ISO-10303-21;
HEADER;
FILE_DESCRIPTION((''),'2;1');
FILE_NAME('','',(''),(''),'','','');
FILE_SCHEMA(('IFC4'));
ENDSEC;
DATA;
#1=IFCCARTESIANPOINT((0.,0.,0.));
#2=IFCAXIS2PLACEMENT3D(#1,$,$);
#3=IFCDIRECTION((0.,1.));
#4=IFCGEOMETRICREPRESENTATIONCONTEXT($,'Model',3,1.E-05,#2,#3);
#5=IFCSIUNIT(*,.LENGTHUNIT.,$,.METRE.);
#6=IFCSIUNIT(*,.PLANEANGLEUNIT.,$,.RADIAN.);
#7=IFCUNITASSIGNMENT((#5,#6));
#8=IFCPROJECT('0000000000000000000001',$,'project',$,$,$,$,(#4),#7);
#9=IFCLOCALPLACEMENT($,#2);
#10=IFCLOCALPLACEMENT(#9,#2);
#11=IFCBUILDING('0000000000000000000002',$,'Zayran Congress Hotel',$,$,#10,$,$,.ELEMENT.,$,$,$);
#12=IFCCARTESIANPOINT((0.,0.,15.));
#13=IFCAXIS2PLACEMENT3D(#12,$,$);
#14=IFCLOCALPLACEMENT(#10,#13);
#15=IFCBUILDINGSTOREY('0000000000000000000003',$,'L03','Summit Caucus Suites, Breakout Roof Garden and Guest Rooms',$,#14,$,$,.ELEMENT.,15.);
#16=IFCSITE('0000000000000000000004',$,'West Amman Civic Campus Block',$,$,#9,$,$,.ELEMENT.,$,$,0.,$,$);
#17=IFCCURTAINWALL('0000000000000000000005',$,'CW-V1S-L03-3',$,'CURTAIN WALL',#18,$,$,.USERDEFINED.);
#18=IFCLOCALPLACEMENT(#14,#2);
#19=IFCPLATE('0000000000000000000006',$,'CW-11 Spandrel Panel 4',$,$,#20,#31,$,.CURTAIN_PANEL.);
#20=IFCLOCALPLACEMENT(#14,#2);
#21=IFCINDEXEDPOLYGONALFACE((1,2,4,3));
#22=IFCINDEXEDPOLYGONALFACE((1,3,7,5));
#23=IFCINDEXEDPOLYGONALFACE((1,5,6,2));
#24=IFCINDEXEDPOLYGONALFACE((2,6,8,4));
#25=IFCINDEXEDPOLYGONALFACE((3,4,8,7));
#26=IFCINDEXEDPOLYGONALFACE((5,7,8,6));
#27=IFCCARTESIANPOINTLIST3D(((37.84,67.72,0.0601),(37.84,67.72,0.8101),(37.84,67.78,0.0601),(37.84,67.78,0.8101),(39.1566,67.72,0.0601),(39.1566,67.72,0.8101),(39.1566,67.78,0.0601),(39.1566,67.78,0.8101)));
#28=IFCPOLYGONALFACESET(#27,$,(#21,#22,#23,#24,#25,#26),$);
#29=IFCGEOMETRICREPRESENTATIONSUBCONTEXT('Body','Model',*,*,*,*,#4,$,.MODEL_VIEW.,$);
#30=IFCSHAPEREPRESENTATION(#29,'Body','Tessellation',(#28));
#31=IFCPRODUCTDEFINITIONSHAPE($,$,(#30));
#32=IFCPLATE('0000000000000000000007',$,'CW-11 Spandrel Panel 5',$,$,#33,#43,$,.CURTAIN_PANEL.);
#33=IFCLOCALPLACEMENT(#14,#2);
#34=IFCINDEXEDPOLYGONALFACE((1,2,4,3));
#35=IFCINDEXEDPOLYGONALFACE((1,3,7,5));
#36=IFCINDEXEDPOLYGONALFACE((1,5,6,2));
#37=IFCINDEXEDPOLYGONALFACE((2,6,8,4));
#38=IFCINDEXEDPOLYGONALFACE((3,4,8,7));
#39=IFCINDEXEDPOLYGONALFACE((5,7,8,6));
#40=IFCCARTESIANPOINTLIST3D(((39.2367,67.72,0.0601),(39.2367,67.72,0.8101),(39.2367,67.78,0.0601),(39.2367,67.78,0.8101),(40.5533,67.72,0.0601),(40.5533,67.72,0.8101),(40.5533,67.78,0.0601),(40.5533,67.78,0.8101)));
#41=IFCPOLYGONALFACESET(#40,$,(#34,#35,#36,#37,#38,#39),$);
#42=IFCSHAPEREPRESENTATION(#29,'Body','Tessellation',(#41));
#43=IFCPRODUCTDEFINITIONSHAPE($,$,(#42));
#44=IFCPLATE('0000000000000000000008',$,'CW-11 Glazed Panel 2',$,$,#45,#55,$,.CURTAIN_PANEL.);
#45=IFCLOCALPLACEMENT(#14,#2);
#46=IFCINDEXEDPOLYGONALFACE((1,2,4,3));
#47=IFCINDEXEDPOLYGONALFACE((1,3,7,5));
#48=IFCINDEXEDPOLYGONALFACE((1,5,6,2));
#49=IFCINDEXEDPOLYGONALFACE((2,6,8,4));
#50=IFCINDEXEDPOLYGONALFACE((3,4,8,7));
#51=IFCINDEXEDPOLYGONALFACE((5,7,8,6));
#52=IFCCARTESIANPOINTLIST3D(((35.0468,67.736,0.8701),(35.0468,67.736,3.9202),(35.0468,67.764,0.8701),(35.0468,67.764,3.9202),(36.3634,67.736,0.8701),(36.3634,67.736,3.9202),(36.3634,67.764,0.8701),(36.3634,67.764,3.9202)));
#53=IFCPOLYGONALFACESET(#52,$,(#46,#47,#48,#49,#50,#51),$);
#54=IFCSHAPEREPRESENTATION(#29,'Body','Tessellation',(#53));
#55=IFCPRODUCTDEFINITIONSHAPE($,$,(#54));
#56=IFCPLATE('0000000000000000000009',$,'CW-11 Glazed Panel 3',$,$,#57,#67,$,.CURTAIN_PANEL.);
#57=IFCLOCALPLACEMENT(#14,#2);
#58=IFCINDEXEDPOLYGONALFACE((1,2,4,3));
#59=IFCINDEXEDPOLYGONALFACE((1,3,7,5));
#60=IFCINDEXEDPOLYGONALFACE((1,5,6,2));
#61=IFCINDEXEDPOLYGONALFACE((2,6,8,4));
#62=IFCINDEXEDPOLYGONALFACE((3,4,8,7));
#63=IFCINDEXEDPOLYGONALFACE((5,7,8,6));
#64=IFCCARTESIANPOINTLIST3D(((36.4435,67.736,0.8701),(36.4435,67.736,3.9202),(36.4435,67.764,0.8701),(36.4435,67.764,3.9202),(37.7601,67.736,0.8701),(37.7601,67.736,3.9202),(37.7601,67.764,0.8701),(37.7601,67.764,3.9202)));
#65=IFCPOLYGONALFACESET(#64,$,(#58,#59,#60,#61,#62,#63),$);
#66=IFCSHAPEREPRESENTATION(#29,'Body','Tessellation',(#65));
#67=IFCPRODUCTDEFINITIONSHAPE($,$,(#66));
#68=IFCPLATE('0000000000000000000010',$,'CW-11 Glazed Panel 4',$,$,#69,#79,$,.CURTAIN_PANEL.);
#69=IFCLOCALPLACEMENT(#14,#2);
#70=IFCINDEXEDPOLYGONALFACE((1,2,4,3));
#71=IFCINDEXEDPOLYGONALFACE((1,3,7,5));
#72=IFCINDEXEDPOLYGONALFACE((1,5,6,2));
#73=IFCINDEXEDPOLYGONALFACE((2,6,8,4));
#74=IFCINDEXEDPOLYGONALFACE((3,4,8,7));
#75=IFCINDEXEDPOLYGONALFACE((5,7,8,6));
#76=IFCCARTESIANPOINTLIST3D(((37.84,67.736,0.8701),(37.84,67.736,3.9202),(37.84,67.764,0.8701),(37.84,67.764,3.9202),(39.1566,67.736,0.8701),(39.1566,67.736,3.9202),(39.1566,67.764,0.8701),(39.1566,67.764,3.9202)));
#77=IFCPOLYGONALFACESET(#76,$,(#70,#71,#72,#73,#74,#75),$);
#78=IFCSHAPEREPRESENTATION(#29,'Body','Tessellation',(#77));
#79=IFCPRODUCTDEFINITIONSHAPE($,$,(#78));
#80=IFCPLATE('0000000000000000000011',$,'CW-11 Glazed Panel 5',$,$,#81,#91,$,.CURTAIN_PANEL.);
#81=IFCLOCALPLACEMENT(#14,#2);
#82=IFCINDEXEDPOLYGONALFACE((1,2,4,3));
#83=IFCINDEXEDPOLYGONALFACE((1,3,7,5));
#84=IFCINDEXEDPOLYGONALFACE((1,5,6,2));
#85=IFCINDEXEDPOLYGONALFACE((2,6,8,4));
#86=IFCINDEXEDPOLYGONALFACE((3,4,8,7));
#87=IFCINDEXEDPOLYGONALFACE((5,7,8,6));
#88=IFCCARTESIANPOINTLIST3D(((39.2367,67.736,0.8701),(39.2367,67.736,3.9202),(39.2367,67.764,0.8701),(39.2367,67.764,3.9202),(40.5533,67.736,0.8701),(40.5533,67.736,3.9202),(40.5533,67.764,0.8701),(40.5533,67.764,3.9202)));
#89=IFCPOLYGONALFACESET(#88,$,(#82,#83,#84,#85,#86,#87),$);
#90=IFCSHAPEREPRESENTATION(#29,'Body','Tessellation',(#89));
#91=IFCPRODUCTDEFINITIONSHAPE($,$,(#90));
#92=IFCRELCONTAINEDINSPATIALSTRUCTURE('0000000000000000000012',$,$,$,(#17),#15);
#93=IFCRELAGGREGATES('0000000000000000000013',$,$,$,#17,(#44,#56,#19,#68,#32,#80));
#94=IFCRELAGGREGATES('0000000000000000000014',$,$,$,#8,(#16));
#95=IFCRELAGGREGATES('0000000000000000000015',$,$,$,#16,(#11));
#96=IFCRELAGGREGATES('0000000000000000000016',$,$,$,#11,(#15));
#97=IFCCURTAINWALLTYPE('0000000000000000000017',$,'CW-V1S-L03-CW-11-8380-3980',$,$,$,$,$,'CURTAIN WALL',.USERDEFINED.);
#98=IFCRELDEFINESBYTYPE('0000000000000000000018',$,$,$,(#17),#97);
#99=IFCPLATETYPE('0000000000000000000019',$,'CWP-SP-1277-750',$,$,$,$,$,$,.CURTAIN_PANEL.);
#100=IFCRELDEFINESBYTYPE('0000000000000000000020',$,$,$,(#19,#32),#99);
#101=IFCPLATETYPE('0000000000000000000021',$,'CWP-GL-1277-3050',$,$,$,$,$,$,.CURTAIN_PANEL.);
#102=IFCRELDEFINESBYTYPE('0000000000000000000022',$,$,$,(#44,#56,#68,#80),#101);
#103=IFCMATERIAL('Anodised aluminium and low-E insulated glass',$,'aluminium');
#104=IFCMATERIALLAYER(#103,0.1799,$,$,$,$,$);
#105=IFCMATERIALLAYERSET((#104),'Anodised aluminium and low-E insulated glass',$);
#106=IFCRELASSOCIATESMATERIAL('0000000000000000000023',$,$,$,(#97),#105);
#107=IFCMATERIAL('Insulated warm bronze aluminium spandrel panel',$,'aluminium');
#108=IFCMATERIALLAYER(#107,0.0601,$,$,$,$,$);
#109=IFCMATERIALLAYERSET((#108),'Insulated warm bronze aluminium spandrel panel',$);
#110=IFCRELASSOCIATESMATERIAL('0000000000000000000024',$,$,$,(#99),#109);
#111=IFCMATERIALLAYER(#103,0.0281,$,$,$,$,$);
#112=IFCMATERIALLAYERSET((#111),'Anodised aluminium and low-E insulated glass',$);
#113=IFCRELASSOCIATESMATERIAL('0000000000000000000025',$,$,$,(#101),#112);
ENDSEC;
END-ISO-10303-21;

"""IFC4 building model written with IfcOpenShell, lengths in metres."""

from ifc_helpers import new_model, si_unit, direction, frame, origin, origin_2d, place, context, subcontext, project, spatial, rectangle, extrude, material, layer, layer_set, type_object, element, aggregate, save


model = new_model("IFC4")

# Units and contexts
model_context = context("Model", 3, precision=1e-05, world=origin(), true_north=direction((0.0, 1.0)))
body_context = subcontext(model_context, "Body", "Model", "MODEL_VIEW")
ifc_project = project(units=[si_unit("LENGTHUNIT", "METRE"), si_unit("PLANEANGLEUNIT", "RADIAN")], contexts=[model_context])

# Site, building, storey
site_placement = place(None, origin())
site = spatial("IfcSite", under=ifc_project, at=site_placement, Name="West Amman Civic Campus Block", CompositionType="ELEMENT", RefElevation=0.0)
building_placement = place(site_placement, origin())
building = spatial("IfcBuilding", under=site, at=building_placement, Name="Zayran Congress Hotel", CompositionType="ELEMENT")
storey_placement = place(building_placement, frame((0.0, 0.0, 15.0)))
storey = spatial("IfcBuildingStorey", under=building, at=storey_placement, Name="L03", Description="Summit Caucus Suites, Breakout Roof Garden and Guest Rooms", CompositionType="ELEMENT", Elevation=15.0)

# Curtain wall, plates
ifc_material_1 = material(Name="Anodised aluminium and low-E insulated glass", Category="aluminium")
ifc_layer_1 = layer(ifc_material_1, 0.1799)
ifc_layer_set_1 = layer_set([ifc_layer_1], Name="Anodised aluminium and low-E insulated glass")
curtain_wall_type = type_object("IfcCurtainWallType", Name="CW-V1S-L03-CW-11-8380-3980", ElementType="CURTAIN WALL", PredefinedType="USERDEFINED", material=ifc_layer_set_1)
curtain_wall_placement = place(storey_placement, origin())
curtain_wall = element("IfcCurtainWall", 1, at=curtain_wall_placement, inside=storey, type_object=curtain_wall_type, Name="CW-V1S-L03-3", ObjectType="CURTAIN WALL", PredefinedType="USERDEFINED")
ifc_material_2 = material(Name="Insulated warm bronze aluminium spandrel panel", Category="aluminium")
ifc_layer_2 = layer(ifc_material_2, 0.0601)
ifc_layer_set_2 = layer_set([ifc_layer_2], Name="Insulated warm bronze aluminium spandrel panel")
plate_type_1 = type_object("IfcPlateType", Name="CWP-SP-1277-750", PredefinedType="CURTAIN_PANEL", material=ifc_layer_set_2)
plate_1_placement = place(storey_placement, frame((38.4983, 67.75, 0.0601), z_axis=(0.0, 0.0, 1.0), x_axis=(1.0, 0.0, 0.0)))
plate_1 = element("IfcPlate", 2, at=plate_1_placement, type_object=plate_type_1, Name="CW-11 Spandrel Panel 4", PredefinedType="CURTAIN_PANEL", context=body_context, shape_type="SweptSolid", body=[
    extrude(rectangle(XDim=1.3167, YDim=0.0601, at=origin_2d()), origin(), (0.0, 0.0, 1.0), 0.75),
])
plate_2_placement = place(storey_placement, frame((39.895, 67.75, 0.0601), z_axis=(0.0, 0.0, 1.0), x_axis=(1.0, 0.0, 0.0)))
plate_2 = element("IfcPlate", 3, at=plate_2_placement, type_object=plate_type_1, Name="CW-11 Spandrel Panel 5", PredefinedType="CURTAIN_PANEL", context=body_context, shape_type="SweptSolid", body=[
    extrude(rectangle(XDim=1.3167, YDim=0.0601, at=origin_2d()), origin(), (0.0, 0.0, 1.0), 0.75),
])
ifc_layer_3 = layer(ifc_material_1, 0.0281)
ifc_layer_set_3 = layer_set([ifc_layer_3], Name="Anodised aluminium and low-E insulated glass")
plate_type_2 = type_object("IfcPlateType", Name="CWP-GL-1277-3050", PredefinedType="CURTAIN_PANEL", material=ifc_layer_set_3)
plate_3_placement = place(storey_placement, frame((35.7051, 67.75, 0.8701), z_axis=(0.0, 0.0, 1.0), x_axis=(1.0, 0.0, 0.0)))
plate_3 = element("IfcPlate", 4, at=plate_3_placement, type_object=plate_type_2, Name="CW-11 Glazed Panel 2", PredefinedType="CURTAIN_PANEL", context=body_context, shape_type="SweptSolid", body=[
    extrude(rectangle(XDim=1.3167, YDim=0.0281, at=origin_2d()), origin(), (0.0, 0.0, 1.0), 3.05),
])
plate_4_placement = place(storey_placement, frame((37.1018, 67.75, 0.8701), z_axis=(0.0, 0.0, 1.0), x_axis=(1.0, 0.0, 0.0)))
plate_4 = element("IfcPlate", 5, at=plate_4_placement, type_object=plate_type_2, Name="CW-11 Glazed Panel 3", PredefinedType="CURTAIN_PANEL", context=body_context, shape_type="SweptSolid", body=[
    extrude(rectangle(XDim=1.3167, YDim=0.0281, at=origin_2d()), origin(), (0.0, 0.0, 1.0), 3.05),
])
plate_5_placement = place(storey_placement, frame((38.4983, 67.75, 0.8701), z_axis=(0.0, 0.0, 1.0), x_axis=(1.0, 0.0, 0.0)))
plate_5 = element("IfcPlate", 6, at=plate_5_placement, type_object=plate_type_2, Name="CW-11 Glazed Panel 4", PredefinedType="CURTAIN_PANEL", context=body_context, shape_type="SweptSolid", body=[
    extrude(rectangle(XDim=1.3167, YDim=0.0281, at=origin_2d()), origin(), (0.0, 0.0, 1.0), 3.05),
])
plate_6_placement = place(storey_placement, frame((39.895, 67.75, 0.8701), z_axis=(0.0, 0.0, 1.0), x_axis=(1.0, 0.0, 0.0)))
plate_6 = element("IfcPlate", 7, at=plate_6_placement, type_object=plate_type_2, Name="CW-11 Glazed Panel 5", PredefinedType="CURTAIN_PANEL", context=body_context, shape_type="SweptSolid", body=[
    extrude(rectangle(XDim=1.3167, YDim=0.0281, at=origin_2d()), origin(), (0.0, 0.0, 1.0), 3.05),
])
aggregate(curtain_wall, [plate_3, plate_4, plate_1, plate_5, plate_2, plate_6])

save(model, "model.ifc")
